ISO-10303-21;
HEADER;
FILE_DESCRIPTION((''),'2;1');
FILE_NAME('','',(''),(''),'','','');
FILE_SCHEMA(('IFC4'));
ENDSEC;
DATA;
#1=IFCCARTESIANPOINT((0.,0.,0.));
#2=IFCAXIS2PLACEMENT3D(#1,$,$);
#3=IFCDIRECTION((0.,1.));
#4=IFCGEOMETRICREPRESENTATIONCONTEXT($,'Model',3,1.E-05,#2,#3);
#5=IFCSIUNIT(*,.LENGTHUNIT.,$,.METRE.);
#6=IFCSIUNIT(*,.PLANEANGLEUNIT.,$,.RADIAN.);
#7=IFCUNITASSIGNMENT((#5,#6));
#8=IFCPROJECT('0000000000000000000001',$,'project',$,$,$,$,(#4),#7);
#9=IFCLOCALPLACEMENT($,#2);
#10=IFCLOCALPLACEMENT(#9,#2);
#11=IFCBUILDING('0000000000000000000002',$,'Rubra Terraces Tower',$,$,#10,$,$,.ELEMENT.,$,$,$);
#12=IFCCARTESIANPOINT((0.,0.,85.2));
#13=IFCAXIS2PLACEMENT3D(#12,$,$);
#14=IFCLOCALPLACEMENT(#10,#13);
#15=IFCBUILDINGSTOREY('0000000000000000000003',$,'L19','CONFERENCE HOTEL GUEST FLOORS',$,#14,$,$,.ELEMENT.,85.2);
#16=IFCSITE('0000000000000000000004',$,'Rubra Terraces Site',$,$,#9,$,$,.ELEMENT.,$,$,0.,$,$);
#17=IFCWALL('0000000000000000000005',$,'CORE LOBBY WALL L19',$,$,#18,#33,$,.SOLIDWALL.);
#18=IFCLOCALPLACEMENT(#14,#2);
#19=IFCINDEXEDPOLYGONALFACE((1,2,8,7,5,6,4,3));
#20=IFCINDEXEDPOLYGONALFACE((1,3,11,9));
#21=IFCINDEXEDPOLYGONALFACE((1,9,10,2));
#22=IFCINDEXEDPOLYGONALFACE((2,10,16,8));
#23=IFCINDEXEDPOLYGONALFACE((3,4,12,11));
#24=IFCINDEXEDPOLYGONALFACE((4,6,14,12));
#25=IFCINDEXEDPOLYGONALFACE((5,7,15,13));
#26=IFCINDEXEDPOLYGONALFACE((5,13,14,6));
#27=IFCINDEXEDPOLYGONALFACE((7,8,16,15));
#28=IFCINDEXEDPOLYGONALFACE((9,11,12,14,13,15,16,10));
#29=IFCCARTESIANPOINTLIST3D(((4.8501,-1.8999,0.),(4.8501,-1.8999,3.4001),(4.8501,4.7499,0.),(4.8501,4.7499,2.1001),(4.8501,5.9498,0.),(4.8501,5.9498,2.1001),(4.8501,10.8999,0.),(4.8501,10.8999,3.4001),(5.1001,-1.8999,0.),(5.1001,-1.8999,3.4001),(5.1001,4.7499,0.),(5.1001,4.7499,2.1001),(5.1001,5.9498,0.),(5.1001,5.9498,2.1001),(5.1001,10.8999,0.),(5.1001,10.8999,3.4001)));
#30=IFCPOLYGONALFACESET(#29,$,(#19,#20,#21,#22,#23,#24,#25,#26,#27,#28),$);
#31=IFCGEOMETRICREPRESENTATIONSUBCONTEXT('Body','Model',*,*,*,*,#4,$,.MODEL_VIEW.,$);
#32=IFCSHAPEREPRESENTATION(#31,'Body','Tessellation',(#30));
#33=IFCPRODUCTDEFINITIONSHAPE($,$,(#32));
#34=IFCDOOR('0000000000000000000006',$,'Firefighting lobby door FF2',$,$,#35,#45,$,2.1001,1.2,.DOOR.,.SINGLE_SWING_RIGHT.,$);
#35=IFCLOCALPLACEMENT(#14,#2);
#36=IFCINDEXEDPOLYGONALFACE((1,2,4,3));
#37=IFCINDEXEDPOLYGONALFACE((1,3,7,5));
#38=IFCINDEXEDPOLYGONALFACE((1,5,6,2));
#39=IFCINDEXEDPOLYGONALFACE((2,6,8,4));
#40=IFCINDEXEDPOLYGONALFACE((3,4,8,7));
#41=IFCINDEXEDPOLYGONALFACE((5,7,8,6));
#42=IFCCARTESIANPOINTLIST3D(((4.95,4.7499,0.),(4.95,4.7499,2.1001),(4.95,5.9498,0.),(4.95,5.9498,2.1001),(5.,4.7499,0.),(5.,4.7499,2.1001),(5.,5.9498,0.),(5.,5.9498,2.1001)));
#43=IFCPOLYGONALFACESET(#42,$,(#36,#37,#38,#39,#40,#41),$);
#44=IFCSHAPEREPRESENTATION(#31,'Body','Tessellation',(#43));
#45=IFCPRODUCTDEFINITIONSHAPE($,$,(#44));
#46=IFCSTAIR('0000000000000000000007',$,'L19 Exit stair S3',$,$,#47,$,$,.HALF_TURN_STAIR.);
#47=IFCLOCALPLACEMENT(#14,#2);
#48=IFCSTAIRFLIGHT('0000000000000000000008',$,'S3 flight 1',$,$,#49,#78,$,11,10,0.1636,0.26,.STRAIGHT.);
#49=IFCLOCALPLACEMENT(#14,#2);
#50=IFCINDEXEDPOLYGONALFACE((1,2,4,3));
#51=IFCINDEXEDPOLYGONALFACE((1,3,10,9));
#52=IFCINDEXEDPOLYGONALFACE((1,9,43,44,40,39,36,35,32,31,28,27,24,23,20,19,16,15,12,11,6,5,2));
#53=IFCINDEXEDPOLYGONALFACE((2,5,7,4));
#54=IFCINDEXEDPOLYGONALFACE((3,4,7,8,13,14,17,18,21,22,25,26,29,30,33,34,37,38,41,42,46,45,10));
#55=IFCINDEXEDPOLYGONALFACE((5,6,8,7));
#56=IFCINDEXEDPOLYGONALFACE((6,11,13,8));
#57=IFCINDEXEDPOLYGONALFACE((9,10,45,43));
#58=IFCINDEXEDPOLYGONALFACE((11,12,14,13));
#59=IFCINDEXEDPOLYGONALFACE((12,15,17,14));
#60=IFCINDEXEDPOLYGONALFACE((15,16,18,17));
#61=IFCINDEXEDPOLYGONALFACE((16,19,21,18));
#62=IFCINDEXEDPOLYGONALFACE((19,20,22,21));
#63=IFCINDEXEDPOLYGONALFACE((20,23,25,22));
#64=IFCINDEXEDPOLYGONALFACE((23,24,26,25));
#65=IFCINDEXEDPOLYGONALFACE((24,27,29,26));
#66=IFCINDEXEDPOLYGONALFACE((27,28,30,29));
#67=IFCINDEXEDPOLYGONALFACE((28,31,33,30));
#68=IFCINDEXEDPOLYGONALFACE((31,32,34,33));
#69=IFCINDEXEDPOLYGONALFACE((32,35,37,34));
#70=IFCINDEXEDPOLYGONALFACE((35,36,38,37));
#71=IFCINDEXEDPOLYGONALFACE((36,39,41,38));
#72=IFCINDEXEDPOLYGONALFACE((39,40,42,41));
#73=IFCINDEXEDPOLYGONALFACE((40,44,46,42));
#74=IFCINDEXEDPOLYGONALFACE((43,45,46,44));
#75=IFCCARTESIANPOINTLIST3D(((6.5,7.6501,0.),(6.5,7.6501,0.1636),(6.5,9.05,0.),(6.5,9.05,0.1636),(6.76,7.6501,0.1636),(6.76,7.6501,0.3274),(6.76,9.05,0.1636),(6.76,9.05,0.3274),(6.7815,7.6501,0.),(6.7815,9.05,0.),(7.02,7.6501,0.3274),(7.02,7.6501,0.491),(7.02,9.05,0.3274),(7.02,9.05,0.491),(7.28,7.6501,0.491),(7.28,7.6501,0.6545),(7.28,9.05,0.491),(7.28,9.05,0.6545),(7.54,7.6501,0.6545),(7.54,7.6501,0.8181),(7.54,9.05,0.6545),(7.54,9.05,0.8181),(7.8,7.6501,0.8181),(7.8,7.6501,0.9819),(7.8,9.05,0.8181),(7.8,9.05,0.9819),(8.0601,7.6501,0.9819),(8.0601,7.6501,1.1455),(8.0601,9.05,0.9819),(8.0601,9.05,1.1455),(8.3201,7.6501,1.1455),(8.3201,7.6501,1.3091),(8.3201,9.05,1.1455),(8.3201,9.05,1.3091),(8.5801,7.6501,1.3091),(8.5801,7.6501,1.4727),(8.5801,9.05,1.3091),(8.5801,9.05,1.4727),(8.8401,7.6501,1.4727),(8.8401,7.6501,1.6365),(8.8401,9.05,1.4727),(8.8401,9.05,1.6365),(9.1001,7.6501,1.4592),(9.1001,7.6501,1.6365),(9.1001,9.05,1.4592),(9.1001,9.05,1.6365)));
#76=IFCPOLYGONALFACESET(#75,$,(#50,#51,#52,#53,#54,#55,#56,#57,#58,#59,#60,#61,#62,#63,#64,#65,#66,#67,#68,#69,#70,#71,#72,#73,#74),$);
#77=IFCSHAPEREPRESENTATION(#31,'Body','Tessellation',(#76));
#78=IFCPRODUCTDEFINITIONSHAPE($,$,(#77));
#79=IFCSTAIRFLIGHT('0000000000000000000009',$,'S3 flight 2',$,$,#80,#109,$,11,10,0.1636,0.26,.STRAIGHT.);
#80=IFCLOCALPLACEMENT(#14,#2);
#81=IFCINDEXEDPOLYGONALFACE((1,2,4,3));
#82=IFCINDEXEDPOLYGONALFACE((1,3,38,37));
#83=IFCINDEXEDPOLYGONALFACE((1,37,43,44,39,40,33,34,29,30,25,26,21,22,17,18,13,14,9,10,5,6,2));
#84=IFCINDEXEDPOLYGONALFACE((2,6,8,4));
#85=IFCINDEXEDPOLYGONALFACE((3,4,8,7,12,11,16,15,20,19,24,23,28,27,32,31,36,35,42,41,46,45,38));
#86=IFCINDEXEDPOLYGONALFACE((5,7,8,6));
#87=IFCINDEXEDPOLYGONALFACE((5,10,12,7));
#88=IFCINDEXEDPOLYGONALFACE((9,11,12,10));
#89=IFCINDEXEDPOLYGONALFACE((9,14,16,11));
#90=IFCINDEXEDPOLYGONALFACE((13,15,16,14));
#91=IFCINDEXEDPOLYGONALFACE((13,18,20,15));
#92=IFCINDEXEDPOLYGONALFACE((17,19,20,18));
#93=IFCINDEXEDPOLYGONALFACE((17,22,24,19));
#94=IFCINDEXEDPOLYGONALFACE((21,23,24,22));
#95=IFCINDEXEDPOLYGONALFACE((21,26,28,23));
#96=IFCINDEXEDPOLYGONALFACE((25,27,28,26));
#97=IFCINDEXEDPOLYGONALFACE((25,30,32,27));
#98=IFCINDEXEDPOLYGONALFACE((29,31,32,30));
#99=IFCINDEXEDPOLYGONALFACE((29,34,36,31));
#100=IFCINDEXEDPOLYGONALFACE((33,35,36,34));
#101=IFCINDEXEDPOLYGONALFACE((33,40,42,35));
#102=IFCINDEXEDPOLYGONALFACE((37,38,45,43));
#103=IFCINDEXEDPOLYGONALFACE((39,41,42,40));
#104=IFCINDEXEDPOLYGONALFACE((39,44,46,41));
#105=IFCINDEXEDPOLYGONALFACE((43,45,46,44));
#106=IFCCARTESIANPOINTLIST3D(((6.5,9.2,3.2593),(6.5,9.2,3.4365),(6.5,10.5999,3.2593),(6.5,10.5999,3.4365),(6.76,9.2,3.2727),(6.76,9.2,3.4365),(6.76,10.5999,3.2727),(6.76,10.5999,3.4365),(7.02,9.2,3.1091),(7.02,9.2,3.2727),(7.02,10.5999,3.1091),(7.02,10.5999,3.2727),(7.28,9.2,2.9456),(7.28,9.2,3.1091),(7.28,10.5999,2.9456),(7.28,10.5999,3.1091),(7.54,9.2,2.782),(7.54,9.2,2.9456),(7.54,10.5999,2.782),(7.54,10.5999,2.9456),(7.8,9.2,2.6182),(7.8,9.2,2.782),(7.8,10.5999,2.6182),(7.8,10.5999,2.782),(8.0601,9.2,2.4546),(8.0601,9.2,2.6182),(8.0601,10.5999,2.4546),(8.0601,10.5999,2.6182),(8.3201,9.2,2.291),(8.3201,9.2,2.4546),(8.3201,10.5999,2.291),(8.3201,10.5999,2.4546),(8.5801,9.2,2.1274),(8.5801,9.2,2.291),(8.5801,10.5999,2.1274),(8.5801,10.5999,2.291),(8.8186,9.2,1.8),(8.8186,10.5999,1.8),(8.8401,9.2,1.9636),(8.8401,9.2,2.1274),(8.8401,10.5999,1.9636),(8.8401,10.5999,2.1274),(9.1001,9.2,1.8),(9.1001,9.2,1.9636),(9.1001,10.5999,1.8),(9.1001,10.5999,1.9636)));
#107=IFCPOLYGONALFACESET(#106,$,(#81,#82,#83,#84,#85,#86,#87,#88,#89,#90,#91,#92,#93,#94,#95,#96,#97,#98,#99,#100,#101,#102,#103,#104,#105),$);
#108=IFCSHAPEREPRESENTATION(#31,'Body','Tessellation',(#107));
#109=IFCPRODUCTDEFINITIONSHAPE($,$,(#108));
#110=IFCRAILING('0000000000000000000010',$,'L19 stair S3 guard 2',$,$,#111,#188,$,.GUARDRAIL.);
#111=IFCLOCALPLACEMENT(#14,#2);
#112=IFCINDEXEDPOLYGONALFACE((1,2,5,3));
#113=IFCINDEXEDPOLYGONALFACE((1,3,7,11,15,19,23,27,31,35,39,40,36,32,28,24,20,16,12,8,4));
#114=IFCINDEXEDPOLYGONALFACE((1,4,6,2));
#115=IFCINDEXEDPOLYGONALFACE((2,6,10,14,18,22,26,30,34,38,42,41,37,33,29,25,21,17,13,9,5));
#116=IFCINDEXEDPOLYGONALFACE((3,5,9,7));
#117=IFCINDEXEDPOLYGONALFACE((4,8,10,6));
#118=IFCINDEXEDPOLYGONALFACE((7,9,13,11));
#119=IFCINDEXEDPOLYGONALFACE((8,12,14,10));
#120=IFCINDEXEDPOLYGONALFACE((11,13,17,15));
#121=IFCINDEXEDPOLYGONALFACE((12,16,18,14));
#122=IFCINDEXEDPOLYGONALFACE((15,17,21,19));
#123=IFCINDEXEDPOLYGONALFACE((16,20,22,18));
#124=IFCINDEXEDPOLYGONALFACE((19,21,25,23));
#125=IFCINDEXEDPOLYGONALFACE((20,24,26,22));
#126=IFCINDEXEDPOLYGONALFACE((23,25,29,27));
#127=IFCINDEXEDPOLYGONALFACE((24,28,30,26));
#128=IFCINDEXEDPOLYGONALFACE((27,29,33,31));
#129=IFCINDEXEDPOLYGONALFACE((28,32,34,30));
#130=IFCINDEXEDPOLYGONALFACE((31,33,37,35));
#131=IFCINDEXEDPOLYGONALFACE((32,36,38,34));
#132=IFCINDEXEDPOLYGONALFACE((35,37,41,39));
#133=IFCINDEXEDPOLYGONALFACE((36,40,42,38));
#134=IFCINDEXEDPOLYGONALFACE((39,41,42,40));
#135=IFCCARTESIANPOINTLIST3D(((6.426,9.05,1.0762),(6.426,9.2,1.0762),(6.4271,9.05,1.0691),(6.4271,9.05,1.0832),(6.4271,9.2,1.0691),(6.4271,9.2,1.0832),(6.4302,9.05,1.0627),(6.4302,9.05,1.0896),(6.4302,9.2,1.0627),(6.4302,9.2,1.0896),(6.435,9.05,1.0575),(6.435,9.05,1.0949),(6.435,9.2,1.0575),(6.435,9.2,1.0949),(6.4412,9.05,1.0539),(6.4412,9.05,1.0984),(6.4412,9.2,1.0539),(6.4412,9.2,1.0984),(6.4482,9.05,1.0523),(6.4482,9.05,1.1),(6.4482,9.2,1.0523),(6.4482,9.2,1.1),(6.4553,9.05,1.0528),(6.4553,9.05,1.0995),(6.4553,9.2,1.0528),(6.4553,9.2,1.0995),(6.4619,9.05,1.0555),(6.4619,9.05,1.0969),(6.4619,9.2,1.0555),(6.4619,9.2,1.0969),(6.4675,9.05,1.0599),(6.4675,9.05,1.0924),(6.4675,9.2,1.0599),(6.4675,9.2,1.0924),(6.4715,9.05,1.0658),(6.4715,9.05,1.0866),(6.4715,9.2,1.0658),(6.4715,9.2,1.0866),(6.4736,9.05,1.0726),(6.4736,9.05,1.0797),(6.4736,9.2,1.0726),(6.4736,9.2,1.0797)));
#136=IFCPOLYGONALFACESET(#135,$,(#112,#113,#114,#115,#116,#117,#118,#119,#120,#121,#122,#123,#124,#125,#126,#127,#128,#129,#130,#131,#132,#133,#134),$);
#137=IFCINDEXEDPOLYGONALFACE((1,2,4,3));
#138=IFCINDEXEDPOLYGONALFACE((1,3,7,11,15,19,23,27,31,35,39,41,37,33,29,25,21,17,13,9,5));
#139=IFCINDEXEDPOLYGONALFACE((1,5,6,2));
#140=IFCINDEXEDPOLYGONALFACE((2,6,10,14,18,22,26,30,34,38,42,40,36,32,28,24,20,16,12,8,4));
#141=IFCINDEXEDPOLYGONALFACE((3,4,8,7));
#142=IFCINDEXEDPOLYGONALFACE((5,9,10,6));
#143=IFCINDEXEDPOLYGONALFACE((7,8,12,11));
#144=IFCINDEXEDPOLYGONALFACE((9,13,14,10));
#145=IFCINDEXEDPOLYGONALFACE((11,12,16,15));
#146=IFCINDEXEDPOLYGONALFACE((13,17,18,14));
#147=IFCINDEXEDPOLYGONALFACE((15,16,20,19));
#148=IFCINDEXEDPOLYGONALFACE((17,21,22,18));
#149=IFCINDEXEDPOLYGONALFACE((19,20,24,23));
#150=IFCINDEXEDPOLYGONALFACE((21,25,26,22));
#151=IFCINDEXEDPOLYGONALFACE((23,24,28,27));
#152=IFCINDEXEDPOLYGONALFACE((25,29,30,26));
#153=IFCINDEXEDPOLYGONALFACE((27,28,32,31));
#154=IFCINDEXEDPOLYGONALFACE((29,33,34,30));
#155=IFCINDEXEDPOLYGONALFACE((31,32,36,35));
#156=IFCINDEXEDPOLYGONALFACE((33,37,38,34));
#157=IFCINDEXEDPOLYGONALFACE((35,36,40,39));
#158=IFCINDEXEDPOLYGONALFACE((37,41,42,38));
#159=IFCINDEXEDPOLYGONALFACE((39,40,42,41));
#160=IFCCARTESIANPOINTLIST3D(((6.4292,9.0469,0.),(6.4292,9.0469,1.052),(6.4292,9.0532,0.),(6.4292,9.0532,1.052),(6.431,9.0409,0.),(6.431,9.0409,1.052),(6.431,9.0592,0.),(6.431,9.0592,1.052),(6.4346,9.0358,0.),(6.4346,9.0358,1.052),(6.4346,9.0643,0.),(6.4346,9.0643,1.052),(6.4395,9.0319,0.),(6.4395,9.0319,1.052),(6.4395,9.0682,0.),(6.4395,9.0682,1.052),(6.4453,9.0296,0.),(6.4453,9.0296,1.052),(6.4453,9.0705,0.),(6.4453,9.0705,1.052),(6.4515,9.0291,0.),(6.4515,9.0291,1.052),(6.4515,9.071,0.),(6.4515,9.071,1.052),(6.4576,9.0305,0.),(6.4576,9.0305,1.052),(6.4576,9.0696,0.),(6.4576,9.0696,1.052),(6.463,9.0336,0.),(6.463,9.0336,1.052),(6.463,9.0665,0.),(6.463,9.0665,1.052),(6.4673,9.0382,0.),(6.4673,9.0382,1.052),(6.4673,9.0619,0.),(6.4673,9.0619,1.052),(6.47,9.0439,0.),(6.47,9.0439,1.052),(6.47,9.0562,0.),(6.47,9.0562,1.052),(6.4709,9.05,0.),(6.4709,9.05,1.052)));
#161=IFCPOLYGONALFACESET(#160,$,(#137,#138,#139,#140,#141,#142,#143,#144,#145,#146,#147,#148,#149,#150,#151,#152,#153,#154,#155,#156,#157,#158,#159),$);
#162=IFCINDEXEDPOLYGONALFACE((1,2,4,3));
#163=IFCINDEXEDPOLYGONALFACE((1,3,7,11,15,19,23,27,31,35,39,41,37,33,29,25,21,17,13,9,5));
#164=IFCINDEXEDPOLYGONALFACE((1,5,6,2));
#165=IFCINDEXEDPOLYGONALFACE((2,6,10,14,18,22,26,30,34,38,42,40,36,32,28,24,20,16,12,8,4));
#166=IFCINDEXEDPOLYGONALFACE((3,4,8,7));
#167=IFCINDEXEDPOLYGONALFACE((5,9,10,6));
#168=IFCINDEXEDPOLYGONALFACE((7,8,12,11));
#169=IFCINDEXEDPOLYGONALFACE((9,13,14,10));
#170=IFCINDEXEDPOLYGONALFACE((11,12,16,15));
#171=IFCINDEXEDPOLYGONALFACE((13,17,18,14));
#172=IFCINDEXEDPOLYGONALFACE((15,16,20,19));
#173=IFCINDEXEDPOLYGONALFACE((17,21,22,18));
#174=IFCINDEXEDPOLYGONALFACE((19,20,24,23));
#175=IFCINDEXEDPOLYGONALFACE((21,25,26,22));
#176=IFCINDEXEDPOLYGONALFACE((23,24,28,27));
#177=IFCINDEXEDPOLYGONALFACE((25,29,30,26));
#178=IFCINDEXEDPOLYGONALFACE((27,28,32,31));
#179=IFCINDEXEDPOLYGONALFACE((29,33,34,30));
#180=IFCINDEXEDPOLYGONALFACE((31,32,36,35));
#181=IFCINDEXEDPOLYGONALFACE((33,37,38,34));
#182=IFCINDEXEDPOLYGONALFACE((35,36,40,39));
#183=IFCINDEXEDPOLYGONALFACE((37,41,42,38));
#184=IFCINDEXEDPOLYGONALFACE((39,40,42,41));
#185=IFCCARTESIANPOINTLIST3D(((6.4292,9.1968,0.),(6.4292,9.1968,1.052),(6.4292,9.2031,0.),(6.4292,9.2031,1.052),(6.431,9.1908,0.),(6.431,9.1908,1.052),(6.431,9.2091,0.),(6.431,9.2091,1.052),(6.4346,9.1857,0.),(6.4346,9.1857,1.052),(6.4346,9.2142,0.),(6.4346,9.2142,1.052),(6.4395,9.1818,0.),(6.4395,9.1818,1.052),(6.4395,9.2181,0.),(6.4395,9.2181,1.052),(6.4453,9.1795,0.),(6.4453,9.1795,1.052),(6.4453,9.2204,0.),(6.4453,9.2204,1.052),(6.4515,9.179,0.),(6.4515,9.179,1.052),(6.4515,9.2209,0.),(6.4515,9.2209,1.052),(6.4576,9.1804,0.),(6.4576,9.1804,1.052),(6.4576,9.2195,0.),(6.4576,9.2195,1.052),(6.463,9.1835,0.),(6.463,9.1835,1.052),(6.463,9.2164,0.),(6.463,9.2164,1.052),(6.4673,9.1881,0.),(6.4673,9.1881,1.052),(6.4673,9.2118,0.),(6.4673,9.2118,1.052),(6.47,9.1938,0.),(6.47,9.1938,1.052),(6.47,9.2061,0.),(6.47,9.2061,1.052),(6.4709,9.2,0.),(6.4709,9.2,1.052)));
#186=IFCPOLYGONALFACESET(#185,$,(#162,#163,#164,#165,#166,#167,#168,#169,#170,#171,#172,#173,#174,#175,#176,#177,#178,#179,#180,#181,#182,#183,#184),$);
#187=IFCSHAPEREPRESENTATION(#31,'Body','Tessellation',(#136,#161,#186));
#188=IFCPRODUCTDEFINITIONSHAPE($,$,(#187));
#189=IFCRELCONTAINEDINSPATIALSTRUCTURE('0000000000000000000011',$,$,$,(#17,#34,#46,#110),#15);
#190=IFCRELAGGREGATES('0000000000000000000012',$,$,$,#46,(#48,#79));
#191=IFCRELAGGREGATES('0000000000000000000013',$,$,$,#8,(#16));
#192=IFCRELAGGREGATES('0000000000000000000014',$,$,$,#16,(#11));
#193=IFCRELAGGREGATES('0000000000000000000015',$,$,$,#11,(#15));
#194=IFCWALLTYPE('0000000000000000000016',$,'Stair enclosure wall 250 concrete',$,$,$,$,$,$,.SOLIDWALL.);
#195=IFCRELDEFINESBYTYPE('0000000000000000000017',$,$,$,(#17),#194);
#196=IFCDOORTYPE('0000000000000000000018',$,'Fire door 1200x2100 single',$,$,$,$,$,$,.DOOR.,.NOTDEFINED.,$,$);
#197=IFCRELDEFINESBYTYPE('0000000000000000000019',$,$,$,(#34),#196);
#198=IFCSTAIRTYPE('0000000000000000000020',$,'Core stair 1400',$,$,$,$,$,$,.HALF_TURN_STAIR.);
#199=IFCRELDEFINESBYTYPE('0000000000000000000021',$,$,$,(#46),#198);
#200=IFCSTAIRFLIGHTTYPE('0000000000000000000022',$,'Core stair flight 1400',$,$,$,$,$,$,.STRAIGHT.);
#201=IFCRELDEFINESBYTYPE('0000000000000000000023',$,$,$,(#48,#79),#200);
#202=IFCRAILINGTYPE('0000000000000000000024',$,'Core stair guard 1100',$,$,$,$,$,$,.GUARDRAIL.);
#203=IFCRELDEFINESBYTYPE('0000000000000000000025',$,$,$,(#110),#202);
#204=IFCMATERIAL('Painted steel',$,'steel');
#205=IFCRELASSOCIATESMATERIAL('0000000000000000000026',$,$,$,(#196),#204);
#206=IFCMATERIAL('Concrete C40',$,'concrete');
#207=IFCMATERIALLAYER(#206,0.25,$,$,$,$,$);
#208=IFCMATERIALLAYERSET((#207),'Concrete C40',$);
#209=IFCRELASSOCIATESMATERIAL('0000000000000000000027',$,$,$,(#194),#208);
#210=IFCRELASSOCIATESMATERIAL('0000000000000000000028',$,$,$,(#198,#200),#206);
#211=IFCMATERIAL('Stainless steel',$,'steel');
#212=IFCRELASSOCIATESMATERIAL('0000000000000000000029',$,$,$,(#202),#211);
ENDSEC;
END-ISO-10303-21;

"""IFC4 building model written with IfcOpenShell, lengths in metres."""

from ifc_helpers import new_model, si_unit, direction, frame, frame_2d, origin, origin_2d, place, context, subcontext, project, spatial, polyline, rectangle, circle, outline, extrude, material, layer, layer_set, type_object, element, fill, aggregate, save


model = new_model("IFC4")

# Units and contexts
model_context = context("Model", 3, precision=1e-05, world=origin(), true_north=direction((0.0, 1.0)))
body_context = subcontext(model_context, "Body", "Model", "MODEL_VIEW")
ifc_project = project(units=[si_unit("LENGTHUNIT", "METRE"), si_unit("PLANEANGLEUNIT", "RADIAN")], contexts=[model_context])

# Site, building, storey
site_placement = place(None, origin())
site = spatial("IfcSite", under=ifc_project, at=site_placement, Name="Rubra Terraces Site", CompositionType="ELEMENT", RefElevation=0.0)
building_placement = place(site_placement, origin())
building = spatial("IfcBuilding", under=site, at=building_placement, Name="Rubra Terraces Tower", CompositionType="ELEMENT")
storey_placement = place(building_placement, frame((0.0, 0.0, 85.2)))
storey = spatial("IfcBuildingStorey", under=building, at=storey_placement, Name="L19", Description="CONFERENCE HOTEL GUEST FLOORS", CompositionType="ELEMENT", Elevation=85.2)

# Shared definitions
ifc_material_1 = material(Name="Concrete C40", Category="concrete")

# Shared definitions
ifc_material_2 = material(Name="Painted steel", Category="steel")
door_type_1 = type_object("IfcDoorType", Name="Fire door 1200x2100 single", OperationType="NOTDEFINED", PredefinedType="DOOR", material=ifc_material_2)
ifc_material_3 = material(Name="Stainless steel", Category="steel")

# Wall, opening, door
ifc_layer_1 = layer(ifc_material_1, 0.25)
ifc_layer_set_1 = layer_set([ifc_layer_1], Name="Concrete C40")
wall_type_1 = type_object("IfcWallType", Name="Stair enclosure wall 250 concrete", PredefinedType="SOLIDWALL", material=ifc_layer_set_1)
wall_1_placement = place(storey_placement, frame((4.9751, 10.8999, 0.0), z_axis=(0.0, 0.0, 1.0), x_axis=(0.0, -1.0, 0.0)))
wall_1 = element("IfcWall", 1, at=wall_1_placement, inside=storey, type_object=wall_type_1, Name="CORE LOBBY WALL L19", PredefinedType="SOLIDWALL", context=body_context, shape_type="SweptSolid", body=[
    extrude(rectangle(XDim=12.7998, YDim=0.25, at=frame_2d((6.3999, 0.0))), origin(), (0.0, 0.0, 1.0), 3.4001),
])
opening_1_placement = place(wall_1_placement, frame((4.95, 0.0, 0.0)))
opening_1 = element("IfcOpeningElement", 2, at=opening_1_placement, cuts=wall_1, PredefinedType="OPENING", context=body_context, shape_type="SweptSolid", body=[
    extrude(rectangle(XDim=1.2, YDim=2.1001, at=frame_2d((0.6001, 1.05))), frame((0.0, 0.135, 0.0), z_axis=(0.0, -1.0, 0.0), x_axis=(1.0, 0.0, 0.0)), (0.0, 0.0, 1.0), 0.27),
])
door_1_placement = place(opening_1_placement, origin())
door_1 = element("IfcDoor", 3, at=door_1_placement, inside=storey, type_object=door_type_1, Name="Firefighting lobby door FF2", OperationType="SINGLE_SWING_RIGHT", OverallHeight=2.1001, OverallWidth=1.2, PredefinedType="DOOR", context=body_context, shape_type="SweptSolid", body=[
    extrude(rectangle(XDim=1.2, YDim=2.1001, at=frame_2d((0.6001, 1.05))), frame((0.0, 0.0249, 0.0), z_axis=(0.0, -1.0, 0.0), x_axis=(1.0, 0.0, 0.0)), (0.0, 0.0, 1.0), 0.05),
])
fill(opening_1, door_1)

# Stair, stair flights
stair_type = type_object("IfcStairType", Name="Core stair 1400", PredefinedType="HALF_TURN_STAIR", material=ifc_material_1)
stair_placement = place(storey_placement, origin())
stair = element("IfcStair", 4, at=stair_placement, inside=storey, type_object=stair_type, Name="L19 Exit stair S3", PredefinedType="HALF_TURN_STAIR")
stair_flight_type = type_object("IfcStairFlightType", Name="Core stair flight 1400", PredefinedType="STRAIGHT", material=ifc_material_1)
stair_flight_1_placement = place(storey_placement, frame((6.5, 8.3501, 0.0), z_axis=(0.0, 0.0, 1.0), x_axis=(1.0, 0.0, 0.0)))
stair_flight_1 = element("IfcStairFlight", 5, at=stair_flight_1_placement, type_object=stair_flight_type, Name="S3 flight 1", NumberOfRisers=11, NumberOfTreads=10, PredefinedType="STRAIGHT", RiserHeight=0.1636, TreadLength=0.26, context=body_context, shape_type="SweptSolid", body=[
    extrude(outline(polyline([(0.0, 0.0), (0.0, 0.1636), (0.26, 0.1636), (0.26, 0.3274), (0.52, 0.3274), (0.52, 0.491), (0.78, 0.491), (0.78, 0.6545), (1.04, 0.6545), (1.04, 0.8181), (1.3, 0.8181), (1.3, 0.9819), (1.5601, 0.9819), (1.5601, 1.1455), (1.8201, 1.1455), (1.8201, 1.3091), (2.0801, 1.3091), (2.0801, 1.4727), (2.3401, 1.4727), (2.3401, 1.6365), (2.6001, 1.6365), (2.6001, 1.8), (2.6001, 1.4592), (0.2815, 0.0), (0.0, 0.0)])), frame((0.0, 0.7, 0.0), z_axis=(0.0, -1.0, 0.0), x_axis=(1.0, 0.0, 0.0)), (0.0, 0.0, 1.0), 1.3999),
])
stair_flight_2_placement = place(storey_placement, frame((9.1001, 9.8999, 1.8), z_axis=(0.0, 0.0, 1.0), x_axis=(-1.0, 0.0, 0.0)))
stair_flight_2 = element("IfcStairFlight", 6, at=stair_flight_2_placement, type_object=stair_flight_type, Name="S3 flight 2", NumberOfRisers=11, NumberOfTreads=10, PredefinedType="STRAIGHT", RiserHeight=0.1636, TreadLength=0.26, context=body_context, shape_type="SweptSolid", body=[
    extrude(outline(polyline([(0.0, 0.0), (0.0, 0.1636), (0.26, 0.1636), (0.26, 0.3274), (0.52, 0.3274), (0.52, 0.491), (0.78, 0.491), (0.78, 0.6545), (1.04, 0.6545), (1.04, 0.8181), (1.3, 0.8181), (1.3, 0.9819), (1.5601, 0.9819), (1.5601, 1.1455), (1.8201, 1.1455), (1.8201, 1.3091), (2.0801, 1.3091), (2.0801, 1.4727), (2.3401, 1.4727), (2.3401, 1.6365), (2.6001, 1.6365), (2.6001, 1.8), (2.6001, 1.4592), (0.2815, 0.0), (0.0, 0.0)])), frame((0.0, 0.7, 0.0), z_axis=(0.0, -1.0, 0.0), x_axis=(1.0, 0.0, 0.0)), (0.0, 0.0, 1.0), 1.3999),
])
aggregate(stair, [stair_flight_1, stair_flight_2])

# Railing
railing_type_1 = type_object("IfcRailingType", Name="Core stair guard 1100", PredefinedType="GUARDRAIL", material=ifc_material_3)
railing_1_placement = place(storey_placement, frame((6.45, 9.05, 0.0)))
element("IfcRailing", 7, at=railing_1_placement, inside=storey, type_object=railing_type_1, Name="L19 stair S3 guard 2", PredefinedType="GUARDRAIL", context=body_context, shape_type="SweptSolid", body=[
    extrude(circle(Radius=0.0239, at=origin_2d()), frame((0.0, 0.0, 1.0762), z_axis=(0.0, 1.0, 0.0), x_axis=(-1.0, 0.0, 0.0)), (0.0, 0.0, 1.0), 0.1499),
    extrude(circle(Radius=0.021, at=origin_2d()), origin(), (0.0, 0.0, 1.0), 1.052),
    extrude(circle(Radius=0.021, at=origin_2d()), frame((0.0, 0.1499, 0.0)), (0.0, 0.0, 1.0), 1.052),
])

save(model, "model.ifc")
